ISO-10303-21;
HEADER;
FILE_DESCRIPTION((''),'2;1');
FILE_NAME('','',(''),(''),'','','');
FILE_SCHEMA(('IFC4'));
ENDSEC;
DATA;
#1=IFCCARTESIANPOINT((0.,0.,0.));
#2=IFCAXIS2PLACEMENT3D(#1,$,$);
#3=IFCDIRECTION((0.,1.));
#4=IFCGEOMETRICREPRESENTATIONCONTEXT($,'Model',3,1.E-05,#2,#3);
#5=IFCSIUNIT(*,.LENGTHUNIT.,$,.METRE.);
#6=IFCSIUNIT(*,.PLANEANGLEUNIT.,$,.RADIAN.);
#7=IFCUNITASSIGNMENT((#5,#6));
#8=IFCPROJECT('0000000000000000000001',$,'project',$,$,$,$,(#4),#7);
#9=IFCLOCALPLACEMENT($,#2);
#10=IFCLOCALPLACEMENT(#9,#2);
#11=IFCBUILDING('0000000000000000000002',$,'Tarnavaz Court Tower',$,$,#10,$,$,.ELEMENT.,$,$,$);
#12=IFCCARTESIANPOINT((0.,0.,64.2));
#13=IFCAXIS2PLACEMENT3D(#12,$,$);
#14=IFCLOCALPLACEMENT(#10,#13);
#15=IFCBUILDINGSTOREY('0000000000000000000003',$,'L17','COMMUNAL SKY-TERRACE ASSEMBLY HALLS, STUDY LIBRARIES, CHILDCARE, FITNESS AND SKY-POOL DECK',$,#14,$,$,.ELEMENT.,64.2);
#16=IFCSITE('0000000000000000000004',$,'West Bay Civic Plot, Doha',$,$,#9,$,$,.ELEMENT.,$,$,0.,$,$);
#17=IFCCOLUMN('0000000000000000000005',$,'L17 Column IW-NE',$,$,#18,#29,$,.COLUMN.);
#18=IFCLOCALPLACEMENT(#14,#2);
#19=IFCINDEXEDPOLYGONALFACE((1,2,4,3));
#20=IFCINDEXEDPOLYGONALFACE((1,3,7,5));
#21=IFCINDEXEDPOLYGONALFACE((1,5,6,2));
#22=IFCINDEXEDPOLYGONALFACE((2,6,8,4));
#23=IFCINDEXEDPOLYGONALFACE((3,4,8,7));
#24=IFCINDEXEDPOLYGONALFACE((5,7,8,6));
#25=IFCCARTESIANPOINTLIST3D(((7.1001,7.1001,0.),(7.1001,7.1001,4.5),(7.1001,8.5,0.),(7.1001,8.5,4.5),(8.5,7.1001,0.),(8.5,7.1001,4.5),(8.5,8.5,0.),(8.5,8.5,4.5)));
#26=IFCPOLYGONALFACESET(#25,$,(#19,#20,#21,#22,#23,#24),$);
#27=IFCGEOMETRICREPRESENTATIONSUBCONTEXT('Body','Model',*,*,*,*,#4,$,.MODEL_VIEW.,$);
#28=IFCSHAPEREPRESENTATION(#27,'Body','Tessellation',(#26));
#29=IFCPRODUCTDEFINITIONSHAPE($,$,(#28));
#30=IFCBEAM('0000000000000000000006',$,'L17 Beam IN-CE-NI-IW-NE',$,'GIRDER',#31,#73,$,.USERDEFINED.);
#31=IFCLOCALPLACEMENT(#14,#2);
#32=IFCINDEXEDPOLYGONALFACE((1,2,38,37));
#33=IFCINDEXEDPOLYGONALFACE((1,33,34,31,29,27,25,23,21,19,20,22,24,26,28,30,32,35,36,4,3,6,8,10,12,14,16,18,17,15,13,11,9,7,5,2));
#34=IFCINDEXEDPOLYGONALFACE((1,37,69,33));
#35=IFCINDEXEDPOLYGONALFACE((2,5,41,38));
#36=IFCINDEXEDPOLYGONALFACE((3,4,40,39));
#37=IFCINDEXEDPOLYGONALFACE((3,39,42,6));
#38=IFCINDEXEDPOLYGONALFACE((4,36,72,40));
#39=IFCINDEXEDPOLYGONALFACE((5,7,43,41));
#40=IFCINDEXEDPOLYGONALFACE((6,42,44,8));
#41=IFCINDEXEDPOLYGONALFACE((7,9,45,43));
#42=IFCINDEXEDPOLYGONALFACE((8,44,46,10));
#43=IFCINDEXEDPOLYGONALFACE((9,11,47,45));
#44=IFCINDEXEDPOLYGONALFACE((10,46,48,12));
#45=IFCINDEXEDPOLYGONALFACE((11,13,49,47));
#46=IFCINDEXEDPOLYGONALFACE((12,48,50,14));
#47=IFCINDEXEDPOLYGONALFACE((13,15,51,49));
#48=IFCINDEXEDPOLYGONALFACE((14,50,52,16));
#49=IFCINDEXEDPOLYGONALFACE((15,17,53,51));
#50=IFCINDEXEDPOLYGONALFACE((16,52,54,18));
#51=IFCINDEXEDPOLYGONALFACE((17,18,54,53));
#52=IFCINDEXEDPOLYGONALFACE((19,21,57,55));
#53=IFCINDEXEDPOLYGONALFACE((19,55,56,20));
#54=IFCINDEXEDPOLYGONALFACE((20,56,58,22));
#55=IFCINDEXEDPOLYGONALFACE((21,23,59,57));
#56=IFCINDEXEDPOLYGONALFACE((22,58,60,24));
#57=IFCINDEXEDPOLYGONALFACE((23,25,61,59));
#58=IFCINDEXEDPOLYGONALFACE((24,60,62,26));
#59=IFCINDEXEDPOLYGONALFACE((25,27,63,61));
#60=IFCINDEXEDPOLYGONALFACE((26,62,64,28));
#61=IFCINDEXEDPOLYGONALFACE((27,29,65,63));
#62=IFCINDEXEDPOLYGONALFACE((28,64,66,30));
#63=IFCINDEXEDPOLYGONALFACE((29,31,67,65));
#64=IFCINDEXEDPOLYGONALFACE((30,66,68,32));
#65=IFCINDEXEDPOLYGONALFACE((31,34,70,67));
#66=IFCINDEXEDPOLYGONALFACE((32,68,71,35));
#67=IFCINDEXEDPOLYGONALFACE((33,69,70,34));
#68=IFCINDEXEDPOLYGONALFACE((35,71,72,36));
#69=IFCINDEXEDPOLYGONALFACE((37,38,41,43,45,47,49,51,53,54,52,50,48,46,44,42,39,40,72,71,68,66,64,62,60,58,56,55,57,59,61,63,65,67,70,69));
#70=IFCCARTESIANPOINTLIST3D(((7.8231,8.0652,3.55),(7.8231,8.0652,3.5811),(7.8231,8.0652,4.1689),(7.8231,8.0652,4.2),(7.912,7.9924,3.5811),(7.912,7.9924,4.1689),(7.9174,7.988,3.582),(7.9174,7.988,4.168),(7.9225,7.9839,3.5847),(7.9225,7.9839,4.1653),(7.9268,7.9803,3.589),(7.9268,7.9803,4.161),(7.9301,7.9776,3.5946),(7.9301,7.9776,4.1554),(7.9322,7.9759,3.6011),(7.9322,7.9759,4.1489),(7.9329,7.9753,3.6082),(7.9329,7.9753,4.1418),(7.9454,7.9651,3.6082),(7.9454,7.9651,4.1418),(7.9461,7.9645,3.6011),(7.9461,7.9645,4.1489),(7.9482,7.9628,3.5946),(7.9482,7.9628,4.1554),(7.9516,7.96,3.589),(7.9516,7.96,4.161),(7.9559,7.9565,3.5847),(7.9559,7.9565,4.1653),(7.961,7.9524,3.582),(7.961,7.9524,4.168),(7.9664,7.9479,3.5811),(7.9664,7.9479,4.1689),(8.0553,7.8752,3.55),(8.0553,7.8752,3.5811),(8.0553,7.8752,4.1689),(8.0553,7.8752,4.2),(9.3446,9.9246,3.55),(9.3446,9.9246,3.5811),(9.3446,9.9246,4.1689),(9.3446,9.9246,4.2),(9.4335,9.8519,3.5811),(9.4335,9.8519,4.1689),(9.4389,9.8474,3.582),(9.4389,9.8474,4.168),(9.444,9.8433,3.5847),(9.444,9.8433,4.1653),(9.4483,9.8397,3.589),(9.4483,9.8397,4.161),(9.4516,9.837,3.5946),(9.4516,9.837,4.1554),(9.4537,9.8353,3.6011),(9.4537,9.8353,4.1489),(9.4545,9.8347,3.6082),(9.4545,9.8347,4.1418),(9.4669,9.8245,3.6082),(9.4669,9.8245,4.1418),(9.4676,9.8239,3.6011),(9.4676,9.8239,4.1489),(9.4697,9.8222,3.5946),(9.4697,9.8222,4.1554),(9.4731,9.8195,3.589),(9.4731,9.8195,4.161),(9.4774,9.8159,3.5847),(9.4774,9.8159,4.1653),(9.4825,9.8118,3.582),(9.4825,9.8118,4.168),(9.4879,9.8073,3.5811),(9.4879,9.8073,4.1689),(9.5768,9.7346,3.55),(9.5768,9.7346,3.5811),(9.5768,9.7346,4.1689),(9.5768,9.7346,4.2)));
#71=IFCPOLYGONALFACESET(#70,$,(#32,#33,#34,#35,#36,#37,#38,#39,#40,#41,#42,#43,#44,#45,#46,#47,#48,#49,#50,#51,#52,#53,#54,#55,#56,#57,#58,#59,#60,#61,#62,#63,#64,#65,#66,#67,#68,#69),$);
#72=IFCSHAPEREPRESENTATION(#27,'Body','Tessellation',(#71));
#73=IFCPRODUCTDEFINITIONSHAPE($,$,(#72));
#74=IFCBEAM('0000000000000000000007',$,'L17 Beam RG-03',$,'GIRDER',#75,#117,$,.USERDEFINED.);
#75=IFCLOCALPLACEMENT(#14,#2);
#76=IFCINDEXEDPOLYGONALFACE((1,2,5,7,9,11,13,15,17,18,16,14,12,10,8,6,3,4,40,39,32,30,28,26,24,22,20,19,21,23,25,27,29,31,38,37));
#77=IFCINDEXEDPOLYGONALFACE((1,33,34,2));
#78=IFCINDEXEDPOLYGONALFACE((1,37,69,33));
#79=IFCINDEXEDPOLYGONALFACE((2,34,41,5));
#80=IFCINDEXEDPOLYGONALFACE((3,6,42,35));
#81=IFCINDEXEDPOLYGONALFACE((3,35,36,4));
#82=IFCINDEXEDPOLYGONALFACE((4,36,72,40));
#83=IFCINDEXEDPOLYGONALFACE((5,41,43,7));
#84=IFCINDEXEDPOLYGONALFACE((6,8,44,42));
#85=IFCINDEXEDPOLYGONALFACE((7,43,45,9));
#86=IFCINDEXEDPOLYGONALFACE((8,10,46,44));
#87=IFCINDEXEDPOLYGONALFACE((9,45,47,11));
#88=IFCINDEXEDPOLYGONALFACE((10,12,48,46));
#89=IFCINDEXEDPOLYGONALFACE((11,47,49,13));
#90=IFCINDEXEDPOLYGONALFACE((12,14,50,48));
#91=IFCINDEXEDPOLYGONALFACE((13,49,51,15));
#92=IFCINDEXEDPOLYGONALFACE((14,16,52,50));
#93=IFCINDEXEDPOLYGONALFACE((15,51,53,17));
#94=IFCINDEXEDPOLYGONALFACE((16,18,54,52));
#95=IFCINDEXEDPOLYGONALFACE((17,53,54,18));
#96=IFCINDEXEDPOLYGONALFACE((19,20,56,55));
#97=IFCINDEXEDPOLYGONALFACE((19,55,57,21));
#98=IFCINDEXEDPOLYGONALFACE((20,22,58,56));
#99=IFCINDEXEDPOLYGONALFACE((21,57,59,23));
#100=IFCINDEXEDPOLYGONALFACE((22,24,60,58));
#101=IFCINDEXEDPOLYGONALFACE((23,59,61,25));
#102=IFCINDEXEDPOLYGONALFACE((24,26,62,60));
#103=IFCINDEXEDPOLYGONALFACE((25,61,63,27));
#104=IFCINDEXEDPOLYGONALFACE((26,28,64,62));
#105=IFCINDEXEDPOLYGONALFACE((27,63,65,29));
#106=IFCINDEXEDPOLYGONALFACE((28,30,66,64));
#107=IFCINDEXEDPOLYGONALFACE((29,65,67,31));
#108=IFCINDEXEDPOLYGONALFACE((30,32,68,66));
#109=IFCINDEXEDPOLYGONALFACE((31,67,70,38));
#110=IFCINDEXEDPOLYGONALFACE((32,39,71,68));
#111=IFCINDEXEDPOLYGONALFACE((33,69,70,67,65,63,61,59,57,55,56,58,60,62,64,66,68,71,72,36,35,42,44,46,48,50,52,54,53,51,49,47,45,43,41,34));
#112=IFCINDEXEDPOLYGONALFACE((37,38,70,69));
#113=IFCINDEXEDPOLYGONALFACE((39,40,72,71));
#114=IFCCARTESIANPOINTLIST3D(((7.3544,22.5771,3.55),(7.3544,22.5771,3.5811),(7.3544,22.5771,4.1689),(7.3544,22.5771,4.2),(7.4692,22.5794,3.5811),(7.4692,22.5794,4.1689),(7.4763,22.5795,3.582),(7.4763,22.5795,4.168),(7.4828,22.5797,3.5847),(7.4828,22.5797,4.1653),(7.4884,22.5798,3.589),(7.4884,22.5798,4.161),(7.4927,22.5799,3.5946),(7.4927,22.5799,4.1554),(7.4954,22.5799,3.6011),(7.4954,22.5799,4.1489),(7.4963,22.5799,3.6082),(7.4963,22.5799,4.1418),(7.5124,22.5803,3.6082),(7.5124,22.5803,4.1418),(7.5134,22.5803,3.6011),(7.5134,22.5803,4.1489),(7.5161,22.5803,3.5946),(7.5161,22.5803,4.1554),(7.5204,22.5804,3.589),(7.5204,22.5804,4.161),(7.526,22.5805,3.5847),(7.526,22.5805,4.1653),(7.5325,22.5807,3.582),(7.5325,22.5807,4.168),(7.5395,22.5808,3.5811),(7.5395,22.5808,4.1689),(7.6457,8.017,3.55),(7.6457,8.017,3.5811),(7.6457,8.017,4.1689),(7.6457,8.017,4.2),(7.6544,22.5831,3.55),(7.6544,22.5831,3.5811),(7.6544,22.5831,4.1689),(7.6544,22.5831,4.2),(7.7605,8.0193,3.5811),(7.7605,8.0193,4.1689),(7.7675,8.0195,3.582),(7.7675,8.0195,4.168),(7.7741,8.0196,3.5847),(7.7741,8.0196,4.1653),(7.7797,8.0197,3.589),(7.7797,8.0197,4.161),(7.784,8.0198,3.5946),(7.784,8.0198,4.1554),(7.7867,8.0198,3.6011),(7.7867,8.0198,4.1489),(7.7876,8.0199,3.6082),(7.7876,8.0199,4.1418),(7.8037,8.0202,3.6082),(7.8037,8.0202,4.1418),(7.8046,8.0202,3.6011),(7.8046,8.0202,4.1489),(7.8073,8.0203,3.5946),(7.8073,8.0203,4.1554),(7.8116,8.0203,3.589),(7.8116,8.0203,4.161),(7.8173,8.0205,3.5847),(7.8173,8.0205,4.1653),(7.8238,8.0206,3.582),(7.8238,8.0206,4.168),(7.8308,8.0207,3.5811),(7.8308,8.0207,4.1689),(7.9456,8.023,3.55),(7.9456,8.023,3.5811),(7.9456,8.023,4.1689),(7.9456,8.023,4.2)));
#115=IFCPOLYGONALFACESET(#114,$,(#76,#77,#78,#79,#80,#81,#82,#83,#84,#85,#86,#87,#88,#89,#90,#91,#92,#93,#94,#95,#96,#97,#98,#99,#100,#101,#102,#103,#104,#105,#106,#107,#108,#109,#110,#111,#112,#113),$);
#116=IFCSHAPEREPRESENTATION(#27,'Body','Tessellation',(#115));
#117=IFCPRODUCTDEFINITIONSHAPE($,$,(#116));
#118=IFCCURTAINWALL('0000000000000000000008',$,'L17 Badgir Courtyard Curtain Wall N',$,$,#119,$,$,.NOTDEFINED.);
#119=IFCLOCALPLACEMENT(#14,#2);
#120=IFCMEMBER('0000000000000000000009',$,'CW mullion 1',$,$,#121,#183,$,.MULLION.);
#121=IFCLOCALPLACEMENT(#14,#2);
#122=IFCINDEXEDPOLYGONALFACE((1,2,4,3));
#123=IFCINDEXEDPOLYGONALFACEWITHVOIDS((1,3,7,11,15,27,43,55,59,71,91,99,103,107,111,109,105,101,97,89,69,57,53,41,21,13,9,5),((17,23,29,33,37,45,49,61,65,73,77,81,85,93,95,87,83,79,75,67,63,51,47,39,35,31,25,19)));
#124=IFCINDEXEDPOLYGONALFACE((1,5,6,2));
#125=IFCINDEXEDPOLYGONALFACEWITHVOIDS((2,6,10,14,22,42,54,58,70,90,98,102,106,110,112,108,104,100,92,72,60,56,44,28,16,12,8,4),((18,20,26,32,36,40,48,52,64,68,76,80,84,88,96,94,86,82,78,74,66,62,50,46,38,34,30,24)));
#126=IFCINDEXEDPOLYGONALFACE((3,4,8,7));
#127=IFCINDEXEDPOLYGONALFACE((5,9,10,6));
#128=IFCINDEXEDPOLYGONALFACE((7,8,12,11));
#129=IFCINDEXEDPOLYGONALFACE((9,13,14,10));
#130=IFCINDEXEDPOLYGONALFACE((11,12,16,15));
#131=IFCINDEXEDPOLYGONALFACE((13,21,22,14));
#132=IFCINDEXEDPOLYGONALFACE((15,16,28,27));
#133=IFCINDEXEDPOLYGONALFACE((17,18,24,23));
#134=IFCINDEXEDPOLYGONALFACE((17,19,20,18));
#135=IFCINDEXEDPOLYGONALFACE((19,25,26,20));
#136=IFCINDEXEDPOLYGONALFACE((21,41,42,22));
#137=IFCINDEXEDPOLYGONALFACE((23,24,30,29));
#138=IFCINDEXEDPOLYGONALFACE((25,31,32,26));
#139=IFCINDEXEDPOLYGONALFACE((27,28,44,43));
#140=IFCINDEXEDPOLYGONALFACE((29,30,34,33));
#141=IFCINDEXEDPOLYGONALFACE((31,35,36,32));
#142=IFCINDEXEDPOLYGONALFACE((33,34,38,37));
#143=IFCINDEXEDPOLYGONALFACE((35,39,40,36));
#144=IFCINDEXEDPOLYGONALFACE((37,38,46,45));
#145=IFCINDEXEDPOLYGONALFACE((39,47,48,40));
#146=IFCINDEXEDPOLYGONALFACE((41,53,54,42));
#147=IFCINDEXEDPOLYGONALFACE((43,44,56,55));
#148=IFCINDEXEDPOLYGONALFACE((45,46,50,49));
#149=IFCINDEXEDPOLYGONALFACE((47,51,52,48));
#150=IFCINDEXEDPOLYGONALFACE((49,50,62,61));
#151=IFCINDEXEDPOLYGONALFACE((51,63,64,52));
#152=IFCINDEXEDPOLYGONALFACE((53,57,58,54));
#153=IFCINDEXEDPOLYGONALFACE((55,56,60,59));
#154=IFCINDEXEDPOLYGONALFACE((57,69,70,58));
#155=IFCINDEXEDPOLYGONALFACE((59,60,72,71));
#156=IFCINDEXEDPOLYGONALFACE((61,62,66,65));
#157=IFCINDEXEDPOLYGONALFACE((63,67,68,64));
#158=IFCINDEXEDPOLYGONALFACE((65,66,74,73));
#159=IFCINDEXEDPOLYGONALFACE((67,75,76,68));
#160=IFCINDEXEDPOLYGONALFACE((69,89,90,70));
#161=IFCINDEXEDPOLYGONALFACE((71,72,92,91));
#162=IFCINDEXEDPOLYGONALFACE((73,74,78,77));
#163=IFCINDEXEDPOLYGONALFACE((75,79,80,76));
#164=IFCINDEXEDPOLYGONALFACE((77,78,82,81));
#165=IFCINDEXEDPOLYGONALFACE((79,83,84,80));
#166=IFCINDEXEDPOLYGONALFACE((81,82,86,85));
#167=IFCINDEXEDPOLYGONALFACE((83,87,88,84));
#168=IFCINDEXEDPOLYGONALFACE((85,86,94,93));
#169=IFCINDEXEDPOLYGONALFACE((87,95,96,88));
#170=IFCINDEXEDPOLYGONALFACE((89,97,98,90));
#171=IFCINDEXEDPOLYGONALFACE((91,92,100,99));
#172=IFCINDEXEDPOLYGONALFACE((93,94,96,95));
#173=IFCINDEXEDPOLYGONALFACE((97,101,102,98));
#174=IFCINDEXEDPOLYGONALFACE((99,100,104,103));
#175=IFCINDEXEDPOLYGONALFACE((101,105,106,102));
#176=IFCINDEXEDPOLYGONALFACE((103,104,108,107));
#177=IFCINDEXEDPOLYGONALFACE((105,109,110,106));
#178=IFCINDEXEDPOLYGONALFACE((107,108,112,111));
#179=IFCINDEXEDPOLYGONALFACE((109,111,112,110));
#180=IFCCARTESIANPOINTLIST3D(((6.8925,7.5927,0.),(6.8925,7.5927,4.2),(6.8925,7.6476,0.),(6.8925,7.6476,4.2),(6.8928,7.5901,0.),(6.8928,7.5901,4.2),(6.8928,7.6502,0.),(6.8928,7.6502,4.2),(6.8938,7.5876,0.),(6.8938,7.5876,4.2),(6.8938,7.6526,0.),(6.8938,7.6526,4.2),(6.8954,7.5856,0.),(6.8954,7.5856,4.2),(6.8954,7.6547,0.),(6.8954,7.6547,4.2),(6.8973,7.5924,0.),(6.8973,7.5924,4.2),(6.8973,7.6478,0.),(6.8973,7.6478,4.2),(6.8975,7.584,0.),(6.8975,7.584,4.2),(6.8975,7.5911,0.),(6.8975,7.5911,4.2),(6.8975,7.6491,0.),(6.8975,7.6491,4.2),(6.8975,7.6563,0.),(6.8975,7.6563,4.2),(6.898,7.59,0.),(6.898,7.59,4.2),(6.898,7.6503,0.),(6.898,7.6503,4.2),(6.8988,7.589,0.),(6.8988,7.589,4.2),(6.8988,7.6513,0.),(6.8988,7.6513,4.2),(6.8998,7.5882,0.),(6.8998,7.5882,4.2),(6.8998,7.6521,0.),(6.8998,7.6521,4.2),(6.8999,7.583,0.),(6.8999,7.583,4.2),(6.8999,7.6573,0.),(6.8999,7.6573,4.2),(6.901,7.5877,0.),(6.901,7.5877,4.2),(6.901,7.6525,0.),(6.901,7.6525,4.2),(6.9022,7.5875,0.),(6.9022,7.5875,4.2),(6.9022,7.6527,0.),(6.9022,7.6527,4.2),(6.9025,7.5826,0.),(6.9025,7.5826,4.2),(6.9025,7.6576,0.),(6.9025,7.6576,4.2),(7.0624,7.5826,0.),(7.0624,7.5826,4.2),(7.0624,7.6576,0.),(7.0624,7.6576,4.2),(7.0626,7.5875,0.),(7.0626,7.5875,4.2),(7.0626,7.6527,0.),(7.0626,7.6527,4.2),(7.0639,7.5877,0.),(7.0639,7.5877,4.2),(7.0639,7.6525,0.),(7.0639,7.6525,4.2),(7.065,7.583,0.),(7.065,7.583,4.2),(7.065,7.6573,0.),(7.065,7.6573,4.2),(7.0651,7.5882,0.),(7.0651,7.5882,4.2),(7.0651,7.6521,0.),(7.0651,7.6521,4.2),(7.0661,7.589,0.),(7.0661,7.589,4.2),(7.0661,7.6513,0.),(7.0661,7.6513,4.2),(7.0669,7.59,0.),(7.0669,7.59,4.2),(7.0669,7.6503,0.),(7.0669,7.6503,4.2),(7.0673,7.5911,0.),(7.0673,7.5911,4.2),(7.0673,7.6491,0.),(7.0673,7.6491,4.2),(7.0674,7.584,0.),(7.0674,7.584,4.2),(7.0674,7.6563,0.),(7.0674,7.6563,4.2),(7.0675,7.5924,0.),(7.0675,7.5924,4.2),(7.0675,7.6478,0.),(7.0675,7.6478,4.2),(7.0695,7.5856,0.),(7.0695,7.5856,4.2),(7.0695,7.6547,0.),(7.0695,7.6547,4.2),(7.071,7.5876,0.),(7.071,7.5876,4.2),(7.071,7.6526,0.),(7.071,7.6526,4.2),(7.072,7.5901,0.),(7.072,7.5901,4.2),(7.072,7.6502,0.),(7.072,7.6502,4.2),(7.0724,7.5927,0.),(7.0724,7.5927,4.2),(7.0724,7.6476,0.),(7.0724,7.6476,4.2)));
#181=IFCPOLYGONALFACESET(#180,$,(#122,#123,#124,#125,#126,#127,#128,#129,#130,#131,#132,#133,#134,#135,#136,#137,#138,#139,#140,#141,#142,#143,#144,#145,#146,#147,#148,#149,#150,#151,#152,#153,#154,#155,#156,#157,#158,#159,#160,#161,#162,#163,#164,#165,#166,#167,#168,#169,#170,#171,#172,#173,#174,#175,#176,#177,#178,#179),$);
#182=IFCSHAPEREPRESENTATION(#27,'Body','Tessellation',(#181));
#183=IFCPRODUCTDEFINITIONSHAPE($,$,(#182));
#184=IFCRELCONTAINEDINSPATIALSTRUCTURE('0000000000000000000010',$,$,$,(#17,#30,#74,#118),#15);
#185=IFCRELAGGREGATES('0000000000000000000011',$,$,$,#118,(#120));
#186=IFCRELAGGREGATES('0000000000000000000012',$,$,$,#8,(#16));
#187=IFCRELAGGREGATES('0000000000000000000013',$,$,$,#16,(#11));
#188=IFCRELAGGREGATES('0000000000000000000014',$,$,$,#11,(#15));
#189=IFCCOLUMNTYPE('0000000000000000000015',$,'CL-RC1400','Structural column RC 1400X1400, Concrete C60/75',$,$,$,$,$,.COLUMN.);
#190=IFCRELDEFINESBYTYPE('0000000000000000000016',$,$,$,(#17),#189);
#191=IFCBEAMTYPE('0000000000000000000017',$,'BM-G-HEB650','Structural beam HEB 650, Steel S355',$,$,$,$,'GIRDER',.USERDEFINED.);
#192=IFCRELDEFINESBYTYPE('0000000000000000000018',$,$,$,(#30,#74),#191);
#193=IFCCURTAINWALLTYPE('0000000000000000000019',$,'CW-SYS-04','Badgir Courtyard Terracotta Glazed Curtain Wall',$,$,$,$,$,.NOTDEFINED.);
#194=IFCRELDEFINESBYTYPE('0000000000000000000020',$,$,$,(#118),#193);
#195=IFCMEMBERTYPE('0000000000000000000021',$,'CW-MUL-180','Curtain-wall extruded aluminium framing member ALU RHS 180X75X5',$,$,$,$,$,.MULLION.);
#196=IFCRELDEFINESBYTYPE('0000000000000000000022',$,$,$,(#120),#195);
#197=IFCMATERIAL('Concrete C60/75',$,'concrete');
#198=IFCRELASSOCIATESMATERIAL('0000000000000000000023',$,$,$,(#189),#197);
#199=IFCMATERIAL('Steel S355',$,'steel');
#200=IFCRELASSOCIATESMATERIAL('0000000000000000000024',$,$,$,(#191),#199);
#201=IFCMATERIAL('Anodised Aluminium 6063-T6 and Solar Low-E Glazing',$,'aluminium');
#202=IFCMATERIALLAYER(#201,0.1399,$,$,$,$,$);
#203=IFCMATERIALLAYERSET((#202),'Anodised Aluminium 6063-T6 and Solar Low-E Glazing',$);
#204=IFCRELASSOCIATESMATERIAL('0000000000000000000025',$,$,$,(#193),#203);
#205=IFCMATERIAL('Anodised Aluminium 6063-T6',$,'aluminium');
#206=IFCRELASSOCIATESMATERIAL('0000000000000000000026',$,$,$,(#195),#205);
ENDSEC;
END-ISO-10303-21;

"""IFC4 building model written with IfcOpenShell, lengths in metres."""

from ifc_helpers import new_model, si_unit, direction, frame, origin, origin_2d, place, context, subcontext, project, spatial, rectangle, hollow_rectangle, i_section, extrude, material, layer, layer_set, material_profile, profile_set, type_object, element, aggregate, save


model = new_model("IFC4")

# Units and contexts
model_context = context("Model", 3, precision=1e-05, world=origin(), true_north=direction((0.0, 1.0)))
body_context = subcontext(model_context, "Body", "Model", "MODEL_VIEW")
ifc_project = project(units=[si_unit("LENGTHUNIT", "METRE"), si_unit("PLANEANGLEUNIT", "RADIAN")], contexts=[model_context])

# Site, building, storey
site_placement = place(None, origin())
site = spatial("IfcSite", under=ifc_project, at=site_placement, Name="West Bay Civic Plot, Doha", CompositionType="ELEMENT", RefElevation=0.0)
building_placement = place(site_placement, origin())
building = spatial("IfcBuilding", under=site, at=building_placement, Name="Tarnavaz Court Tower", CompositionType="ELEMENT")
storey_placement = place(building_placement, frame((0.0, 0.0, 64.2)))
storey = spatial("IfcBuildingStorey", under=building, at=storey_placement, Name="L17", Description="COMMUNAL SKY-TERRACE ASSEMBLY HALLS, STUDY LIBRARIES, CHILDCARE, FITNESS AND SKY-POOL DECK", CompositionType="ELEMENT", Elevation=64.2)

# Column
ifc_material_1 = material(Name="Concrete C60/75", Category="concrete")
ifc_material_profile_1 = material_profile(ifc_material_1, rectangle(XDim=1.3999, YDim=1.3999, at=origin_2d()), Name="RC 1400X1400")
ifc_profile_set_1 = profile_set([ifc_material_profile_1], Name="Concrete C60/75")
column_type = type_object("IfcColumnType", Name="CL-RC1400", Description="Structural column RC 1400X1400, Concrete C60/75", PredefinedType="COLUMN", material=ifc_profile_set_1)
column_placement = place(storey_placement, frame((7.8, 7.8, 0.0), z_axis=(0.0, 0.0, 1.0), x_axis=(1.0, 0.0, 0.0)))
element("IfcColumn", 1, at=column_placement, inside=storey, type_object=column_type, Name="L17 Column IW-NE", PredefinedType="COLUMN", context=body_context, shape_type="SweptSolid", body=[
    extrude(rectangle(XDim=1.3999, YDim=1.3999, at=origin_2d()), origin(), (0.0, 0.0, 1.0), 4.5),
])

# Beams
ifc_material_2 = material(Name="Steel S355", Category="steel")
ifc_material_profile_2 = material_profile(ifc_material_2, i_section(OverallWidth=0.3, OverallDepth=0.6499, WebThickness=0.0161, FlangeThickness=0.031, FilletRadius=0.0271, at=origin_2d()), Name="HEB 650")
ifc_profile_set_2 = profile_set([ifc_material_profile_2], Name="Steel S355")
beam_type = type_object("IfcBeamType", Name="BM-G-HEB650", Description="Structural beam HEB 650, Steel S355", ElementType="GIRDER", PredefinedType="USERDEFINED", material=ifc_profile_set_2)
beam_1_placement = place(storey_placement, frame((9.4607, 9.8296, 3.875), z_axis=(-0.633282, -0.773921, 0.0), x_axis=(0.773921, -0.633282, 0.0)))
element("IfcBeam", 2, at=beam_1_placement, inside=storey, type_object=beam_type, Name="L17 Beam IN-CE-NI-IW-NE", ObjectType="GIRDER", PredefinedType="USERDEFINED", context=body_context, shape_type="SweptSolid", body=[
    extrude(i_section(OverallWidth=0.3, OverallDepth=0.6499, WebThickness=0.0161, FlangeThickness=0.031, FilletRadius=0.0271, at=origin_2d()), origin(), (0.0, 0.0, 1.0), 2.4026),
])
beam_2_placement = place(storey_placement, frame((7.7957, 8.02, 3.875), z_axis=(-0.02, 0.9998, 0.0), x_axis=(-0.9998, -0.02, 0.0)))
element("IfcBeam", 3, at=beam_2_placement, inside=storey, type_object=beam_type, Name="L17 Beam RG-03", ObjectType="GIRDER", PredefinedType="USERDEFINED", context=body_context, shape_type="SweptSolid", body=[
    extrude(i_section(OverallWidth=0.3, OverallDepth=0.6499, WebThickness=0.0161, FlangeThickness=0.031, FilletRadius=0.0271, at=origin_2d()), origin(), (0.0, 0.0, 1.0), 14.563),
])

# Curtain wall, member
ifc_material_3 = material(Name="Anodised Aluminium 6063-T6 and Solar Low-E Glazing", Category="aluminium")
ifc_layer_1 = layer(ifc_material_3, 0.1399)
ifc_layer_set_1 = layer_set([ifc_layer_1], Name="Anodised Aluminium 6063-T6 and Solar Low-E Glazing")
curtain_wall_type = type_object("IfcCurtainWallType", Name="CW-SYS-04", Description="Badgir Courtyard Terracotta Glazed Curtain Wall", PredefinedType="NOTDEFINED", material=ifc_layer_set_1)
curtain_wall_placement = place(storey_placement, origin())
curtain_wall = element("IfcCurtainWall", 4, at=curtain_wall_placement, inside=storey, type_object=curtain_wall_type, Name="L17 Badgir Courtyard Curtain Wall N", PredefinedType="NOTDEFINED")
ifc_material_4 = material(Name="Anodised Aluminium 6063-T6", Category="aluminium")
ifc_material_profile_3 = material_profile(ifc_material_4, hollow_rectangle(XDim=0.075, YDim=0.1799, WallThickness=0.0049, InnerFilletRadius=0.0049, OuterFilletRadius=0.01, at=origin_2d()), Name="ALU RHS 180X75X5")
ifc_profile_set_3 = profile_set([ifc_material_profile_3], Name="Anodised Aluminium 6063-T6")
member_type_1 = type_object("IfcMemberType", Name="CW-MUL-180", Description="Curtain-wall extruded aluminium framing member ALU RHS 180X75X5", PredefinedType="MULLION", material=ifc_profile_set_3)
member_1_placement = place(storey_placement, frame((6.9824, 7.6201, 0.0), z_axis=(0.0, 0.0, 1.0), x_axis=(0.0, -1.0, 0.0)))
member_1 = element("IfcMember", 5, at=member_1_placement, type_object=member_type_1, Name="CW mullion 1", PredefinedType="MULLION", context=body_context, shape_type="SweptSolid", body=[
    extrude(hollow_rectangle(XDim=0.075, YDim=0.1799, WallThickness=0.0049, InnerFilletRadius=0.0049, OuterFilletRadius=0.01, at=origin_2d()), origin(), (0.0, 0.0, 1.0), 4.2),
])
aggregate(curtain_wall, [member_1])

save(model, "model.ifc")
